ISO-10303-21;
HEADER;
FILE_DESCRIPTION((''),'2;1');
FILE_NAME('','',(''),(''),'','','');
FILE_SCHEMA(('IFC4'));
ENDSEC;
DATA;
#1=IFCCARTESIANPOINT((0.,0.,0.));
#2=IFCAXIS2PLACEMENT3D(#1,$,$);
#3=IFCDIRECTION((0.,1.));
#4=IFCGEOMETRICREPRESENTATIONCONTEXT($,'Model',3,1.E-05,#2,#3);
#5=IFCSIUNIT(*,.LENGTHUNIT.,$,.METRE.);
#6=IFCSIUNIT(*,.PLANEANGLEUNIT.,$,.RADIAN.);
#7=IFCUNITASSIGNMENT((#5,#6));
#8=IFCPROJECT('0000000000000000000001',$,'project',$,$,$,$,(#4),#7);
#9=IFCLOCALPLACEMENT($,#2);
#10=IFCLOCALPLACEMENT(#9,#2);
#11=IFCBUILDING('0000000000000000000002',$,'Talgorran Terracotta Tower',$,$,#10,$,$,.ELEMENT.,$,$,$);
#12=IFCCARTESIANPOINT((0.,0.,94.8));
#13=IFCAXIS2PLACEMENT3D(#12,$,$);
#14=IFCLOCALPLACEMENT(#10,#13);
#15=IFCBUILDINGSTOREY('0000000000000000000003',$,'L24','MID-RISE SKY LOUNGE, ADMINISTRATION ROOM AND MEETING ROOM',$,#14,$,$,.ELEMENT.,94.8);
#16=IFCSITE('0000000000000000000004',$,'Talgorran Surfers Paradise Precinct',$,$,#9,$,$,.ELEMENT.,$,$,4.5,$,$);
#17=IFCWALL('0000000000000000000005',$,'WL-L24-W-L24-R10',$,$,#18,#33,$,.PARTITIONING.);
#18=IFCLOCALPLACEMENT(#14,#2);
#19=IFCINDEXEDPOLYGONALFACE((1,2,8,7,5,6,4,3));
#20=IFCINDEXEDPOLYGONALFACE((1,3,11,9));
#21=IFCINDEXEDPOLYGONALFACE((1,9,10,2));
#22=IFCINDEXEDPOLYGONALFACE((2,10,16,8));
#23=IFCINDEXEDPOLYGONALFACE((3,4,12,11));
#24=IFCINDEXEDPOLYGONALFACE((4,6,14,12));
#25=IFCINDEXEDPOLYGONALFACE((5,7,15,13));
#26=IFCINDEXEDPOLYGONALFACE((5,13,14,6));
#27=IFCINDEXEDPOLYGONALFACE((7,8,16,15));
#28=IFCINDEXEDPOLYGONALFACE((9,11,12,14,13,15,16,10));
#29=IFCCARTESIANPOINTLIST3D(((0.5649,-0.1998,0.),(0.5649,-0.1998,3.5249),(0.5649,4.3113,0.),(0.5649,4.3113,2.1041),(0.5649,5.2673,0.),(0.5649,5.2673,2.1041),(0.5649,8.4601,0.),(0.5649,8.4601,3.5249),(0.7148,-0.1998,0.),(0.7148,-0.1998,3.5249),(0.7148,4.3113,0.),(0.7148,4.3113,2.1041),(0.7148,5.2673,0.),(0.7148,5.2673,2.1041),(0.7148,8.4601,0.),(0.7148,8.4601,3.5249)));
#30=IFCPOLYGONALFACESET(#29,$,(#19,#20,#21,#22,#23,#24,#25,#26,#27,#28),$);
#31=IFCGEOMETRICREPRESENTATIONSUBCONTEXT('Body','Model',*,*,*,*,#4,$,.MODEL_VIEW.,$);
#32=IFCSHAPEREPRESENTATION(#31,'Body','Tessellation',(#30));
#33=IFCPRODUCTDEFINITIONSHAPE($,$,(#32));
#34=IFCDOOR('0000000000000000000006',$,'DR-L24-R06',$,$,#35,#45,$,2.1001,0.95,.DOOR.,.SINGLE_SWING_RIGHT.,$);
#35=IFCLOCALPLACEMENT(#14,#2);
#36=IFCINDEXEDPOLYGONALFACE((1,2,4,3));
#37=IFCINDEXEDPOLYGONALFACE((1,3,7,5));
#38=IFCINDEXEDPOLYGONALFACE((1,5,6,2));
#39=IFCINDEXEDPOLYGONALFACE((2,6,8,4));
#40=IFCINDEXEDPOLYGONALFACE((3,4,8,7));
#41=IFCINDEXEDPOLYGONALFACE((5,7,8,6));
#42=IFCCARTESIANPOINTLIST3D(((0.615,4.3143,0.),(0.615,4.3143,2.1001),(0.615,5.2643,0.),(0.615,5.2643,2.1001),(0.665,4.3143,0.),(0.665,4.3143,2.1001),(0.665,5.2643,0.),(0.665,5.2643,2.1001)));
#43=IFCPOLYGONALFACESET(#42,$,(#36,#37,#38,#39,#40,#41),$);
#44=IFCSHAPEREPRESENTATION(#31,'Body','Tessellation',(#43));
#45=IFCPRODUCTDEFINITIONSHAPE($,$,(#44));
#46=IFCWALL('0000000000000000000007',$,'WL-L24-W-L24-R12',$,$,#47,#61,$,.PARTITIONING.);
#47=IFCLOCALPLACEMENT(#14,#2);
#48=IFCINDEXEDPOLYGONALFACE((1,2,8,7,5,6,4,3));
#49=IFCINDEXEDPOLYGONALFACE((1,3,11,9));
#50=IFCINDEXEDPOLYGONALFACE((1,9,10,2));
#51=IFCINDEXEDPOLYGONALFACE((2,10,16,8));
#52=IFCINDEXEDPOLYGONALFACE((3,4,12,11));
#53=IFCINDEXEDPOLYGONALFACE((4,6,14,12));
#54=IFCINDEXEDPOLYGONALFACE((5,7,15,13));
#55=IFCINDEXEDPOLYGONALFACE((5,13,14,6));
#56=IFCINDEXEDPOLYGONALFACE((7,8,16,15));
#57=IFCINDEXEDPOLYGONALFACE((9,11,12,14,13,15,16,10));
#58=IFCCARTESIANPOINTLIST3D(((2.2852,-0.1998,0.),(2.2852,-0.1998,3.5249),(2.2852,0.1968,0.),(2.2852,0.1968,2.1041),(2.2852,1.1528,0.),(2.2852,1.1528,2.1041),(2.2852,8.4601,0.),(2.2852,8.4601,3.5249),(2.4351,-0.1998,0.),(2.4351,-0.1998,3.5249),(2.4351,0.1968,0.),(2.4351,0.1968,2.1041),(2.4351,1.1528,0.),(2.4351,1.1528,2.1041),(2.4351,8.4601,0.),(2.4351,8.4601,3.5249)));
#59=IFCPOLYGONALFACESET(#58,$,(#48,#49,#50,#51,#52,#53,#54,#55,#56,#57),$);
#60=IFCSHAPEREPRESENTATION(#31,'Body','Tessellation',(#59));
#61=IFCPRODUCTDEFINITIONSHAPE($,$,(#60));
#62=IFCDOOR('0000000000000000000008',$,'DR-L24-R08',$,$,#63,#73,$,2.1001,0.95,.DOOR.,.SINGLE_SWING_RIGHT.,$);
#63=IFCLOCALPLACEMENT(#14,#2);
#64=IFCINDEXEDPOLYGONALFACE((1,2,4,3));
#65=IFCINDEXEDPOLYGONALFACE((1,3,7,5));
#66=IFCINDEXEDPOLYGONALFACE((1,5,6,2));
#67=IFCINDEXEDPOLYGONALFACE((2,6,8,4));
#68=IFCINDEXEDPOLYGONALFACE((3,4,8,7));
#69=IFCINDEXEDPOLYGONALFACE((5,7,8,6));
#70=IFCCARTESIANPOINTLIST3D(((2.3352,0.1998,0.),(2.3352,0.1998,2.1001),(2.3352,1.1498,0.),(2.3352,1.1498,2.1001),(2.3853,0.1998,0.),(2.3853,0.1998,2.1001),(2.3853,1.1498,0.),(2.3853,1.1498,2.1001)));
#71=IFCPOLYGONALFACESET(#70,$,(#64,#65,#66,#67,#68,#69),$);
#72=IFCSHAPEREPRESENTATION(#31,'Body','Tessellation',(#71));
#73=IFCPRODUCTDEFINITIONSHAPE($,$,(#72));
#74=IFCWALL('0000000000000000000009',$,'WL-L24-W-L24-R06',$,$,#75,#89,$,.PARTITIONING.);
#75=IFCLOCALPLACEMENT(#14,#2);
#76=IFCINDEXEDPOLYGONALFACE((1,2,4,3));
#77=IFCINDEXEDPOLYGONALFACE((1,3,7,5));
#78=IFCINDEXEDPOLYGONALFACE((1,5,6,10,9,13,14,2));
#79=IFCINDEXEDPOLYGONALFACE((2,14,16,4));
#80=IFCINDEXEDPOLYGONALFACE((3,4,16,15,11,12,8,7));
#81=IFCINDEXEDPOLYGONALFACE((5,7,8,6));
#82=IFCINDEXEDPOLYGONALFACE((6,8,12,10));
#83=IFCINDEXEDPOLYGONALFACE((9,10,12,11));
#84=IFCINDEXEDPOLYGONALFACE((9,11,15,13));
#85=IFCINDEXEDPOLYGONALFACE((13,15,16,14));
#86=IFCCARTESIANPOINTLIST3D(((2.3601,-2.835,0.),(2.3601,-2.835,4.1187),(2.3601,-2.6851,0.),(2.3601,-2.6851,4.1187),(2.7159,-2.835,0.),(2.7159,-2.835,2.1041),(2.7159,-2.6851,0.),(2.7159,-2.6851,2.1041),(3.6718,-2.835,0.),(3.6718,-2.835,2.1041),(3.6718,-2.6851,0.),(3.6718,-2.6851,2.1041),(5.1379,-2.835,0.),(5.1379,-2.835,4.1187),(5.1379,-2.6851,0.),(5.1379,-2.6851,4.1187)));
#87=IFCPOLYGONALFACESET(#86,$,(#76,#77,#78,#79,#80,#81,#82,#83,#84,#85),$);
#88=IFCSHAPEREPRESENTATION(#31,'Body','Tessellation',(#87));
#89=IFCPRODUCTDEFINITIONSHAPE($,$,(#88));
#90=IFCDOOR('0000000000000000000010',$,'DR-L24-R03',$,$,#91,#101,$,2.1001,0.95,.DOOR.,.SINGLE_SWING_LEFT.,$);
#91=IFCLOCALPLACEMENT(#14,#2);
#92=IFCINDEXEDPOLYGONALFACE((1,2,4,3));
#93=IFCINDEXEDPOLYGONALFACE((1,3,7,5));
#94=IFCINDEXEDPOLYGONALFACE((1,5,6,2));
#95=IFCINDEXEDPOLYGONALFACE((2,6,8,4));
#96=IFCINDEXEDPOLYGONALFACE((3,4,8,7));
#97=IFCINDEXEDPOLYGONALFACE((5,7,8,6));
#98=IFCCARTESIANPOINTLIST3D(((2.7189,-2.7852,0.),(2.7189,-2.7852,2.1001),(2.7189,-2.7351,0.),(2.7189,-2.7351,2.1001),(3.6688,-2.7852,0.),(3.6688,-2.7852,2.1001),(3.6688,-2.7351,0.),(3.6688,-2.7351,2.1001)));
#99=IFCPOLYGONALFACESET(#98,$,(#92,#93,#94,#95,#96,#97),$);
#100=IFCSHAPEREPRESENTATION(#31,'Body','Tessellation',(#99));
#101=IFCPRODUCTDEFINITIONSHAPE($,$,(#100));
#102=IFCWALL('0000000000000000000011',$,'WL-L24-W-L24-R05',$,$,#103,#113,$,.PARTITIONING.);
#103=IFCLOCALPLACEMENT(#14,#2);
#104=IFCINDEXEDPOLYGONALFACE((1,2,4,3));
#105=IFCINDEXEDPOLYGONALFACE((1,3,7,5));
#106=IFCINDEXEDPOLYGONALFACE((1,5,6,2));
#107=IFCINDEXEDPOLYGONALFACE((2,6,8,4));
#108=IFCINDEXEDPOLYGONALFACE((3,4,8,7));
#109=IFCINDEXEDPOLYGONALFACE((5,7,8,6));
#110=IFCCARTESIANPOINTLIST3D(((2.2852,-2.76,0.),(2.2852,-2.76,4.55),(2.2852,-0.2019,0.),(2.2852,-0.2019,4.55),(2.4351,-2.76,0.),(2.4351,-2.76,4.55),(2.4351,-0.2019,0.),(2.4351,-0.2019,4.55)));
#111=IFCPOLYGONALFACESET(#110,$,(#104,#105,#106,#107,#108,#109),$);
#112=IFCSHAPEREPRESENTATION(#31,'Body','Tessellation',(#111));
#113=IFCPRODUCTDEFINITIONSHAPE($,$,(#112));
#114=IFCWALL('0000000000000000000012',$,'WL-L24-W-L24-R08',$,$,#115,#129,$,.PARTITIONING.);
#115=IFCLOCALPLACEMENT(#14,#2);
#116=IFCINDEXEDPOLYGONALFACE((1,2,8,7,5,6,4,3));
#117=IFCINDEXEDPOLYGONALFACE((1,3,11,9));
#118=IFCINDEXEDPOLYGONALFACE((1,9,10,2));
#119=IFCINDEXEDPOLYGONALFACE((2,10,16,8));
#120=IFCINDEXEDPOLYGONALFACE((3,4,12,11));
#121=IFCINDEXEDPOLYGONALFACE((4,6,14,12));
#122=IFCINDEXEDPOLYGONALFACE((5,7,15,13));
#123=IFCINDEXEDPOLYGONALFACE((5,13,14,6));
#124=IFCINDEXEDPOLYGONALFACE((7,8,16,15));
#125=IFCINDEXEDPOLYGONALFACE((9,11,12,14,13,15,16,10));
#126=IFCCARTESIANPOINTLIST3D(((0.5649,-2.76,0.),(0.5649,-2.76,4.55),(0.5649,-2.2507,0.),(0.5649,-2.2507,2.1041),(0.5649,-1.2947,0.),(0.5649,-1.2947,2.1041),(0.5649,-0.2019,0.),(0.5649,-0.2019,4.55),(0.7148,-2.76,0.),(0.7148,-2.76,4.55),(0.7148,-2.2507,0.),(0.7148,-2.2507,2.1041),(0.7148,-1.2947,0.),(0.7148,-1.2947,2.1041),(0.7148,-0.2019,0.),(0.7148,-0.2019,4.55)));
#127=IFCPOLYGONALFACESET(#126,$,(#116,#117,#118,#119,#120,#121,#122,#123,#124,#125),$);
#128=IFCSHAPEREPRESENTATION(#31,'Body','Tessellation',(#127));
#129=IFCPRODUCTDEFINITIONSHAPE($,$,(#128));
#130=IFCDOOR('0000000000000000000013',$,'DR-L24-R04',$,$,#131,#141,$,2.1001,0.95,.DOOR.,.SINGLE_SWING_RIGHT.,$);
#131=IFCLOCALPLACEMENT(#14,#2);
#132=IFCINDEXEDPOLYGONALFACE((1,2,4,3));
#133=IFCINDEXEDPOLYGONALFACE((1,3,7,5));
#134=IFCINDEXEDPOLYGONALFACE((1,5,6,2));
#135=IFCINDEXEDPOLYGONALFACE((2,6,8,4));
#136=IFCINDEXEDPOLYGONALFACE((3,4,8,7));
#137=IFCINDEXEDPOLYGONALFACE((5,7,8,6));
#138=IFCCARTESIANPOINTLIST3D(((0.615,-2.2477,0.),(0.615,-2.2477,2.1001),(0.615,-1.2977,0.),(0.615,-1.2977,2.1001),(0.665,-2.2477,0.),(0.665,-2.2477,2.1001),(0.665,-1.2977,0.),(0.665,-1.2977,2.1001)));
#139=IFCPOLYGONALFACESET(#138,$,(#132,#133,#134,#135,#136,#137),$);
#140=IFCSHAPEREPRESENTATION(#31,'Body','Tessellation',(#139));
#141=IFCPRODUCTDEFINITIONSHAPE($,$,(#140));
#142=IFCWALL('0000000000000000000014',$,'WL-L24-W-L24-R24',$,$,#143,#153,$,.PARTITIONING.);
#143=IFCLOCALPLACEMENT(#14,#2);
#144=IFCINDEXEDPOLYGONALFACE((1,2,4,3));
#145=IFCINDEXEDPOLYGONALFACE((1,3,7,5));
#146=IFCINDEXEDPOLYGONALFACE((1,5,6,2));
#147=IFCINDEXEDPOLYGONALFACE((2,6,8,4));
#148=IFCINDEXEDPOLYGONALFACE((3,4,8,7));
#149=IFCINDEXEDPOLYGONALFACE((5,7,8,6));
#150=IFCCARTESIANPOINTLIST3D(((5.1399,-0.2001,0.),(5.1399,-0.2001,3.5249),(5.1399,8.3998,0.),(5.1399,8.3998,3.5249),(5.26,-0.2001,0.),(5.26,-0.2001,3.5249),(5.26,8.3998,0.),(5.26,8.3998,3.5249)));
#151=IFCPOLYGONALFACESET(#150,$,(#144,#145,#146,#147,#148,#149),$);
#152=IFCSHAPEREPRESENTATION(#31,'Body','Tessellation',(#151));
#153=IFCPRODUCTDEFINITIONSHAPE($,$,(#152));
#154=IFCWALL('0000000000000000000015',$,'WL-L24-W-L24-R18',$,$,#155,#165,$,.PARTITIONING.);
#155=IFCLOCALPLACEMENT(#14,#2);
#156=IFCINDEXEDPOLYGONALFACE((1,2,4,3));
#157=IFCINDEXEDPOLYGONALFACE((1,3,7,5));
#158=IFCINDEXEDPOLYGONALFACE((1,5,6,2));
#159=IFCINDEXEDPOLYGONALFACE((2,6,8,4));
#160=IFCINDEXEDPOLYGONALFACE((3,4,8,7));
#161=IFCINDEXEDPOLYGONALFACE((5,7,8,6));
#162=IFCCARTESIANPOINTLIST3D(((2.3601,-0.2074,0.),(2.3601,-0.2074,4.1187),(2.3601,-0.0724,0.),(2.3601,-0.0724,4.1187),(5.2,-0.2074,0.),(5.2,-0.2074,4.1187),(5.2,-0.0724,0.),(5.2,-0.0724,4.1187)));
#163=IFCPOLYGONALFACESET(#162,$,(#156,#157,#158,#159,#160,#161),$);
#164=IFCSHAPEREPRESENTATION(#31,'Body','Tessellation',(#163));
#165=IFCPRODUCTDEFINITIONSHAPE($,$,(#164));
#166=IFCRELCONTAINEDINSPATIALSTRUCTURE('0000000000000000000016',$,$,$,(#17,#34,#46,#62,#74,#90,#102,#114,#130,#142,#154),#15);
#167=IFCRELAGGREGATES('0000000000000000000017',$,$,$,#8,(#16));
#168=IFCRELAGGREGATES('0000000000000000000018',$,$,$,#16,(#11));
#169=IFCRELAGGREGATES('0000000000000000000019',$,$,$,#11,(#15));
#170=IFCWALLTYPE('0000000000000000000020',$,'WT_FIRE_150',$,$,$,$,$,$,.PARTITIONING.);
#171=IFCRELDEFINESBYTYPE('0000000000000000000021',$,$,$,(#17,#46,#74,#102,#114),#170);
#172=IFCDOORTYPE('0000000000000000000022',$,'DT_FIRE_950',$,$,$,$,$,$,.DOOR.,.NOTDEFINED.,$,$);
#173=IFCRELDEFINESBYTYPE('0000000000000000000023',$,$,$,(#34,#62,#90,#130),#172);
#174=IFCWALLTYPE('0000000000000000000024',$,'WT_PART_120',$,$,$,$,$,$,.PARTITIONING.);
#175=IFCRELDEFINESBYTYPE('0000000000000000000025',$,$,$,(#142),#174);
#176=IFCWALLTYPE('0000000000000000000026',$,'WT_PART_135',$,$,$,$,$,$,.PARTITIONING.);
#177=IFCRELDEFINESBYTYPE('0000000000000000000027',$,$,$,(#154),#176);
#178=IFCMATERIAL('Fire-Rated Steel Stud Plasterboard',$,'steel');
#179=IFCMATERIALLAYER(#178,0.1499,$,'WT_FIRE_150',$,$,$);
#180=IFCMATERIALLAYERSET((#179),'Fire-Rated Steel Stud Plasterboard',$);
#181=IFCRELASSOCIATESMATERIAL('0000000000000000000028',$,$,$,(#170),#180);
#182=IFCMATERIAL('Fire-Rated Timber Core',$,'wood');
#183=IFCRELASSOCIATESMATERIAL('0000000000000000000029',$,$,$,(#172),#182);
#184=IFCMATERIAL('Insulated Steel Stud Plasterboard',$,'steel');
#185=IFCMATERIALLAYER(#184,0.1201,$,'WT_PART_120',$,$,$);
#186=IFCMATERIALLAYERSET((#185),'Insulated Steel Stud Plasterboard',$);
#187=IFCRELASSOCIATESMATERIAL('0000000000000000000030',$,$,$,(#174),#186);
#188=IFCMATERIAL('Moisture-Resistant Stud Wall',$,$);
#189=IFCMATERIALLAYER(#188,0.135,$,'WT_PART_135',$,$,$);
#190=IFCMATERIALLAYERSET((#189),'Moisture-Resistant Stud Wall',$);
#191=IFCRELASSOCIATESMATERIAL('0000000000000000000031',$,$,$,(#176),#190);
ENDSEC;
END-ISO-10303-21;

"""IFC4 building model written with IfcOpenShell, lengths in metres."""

from ifc_helpers import new_model, si_unit, direction, frame, frame_2d, origin, place, context, subcontext, project, spatial, rectangle, extrude, material, layer, layer_set, type_object, element, fill, save


model = new_model("IFC4")

# Units and contexts
model_context = context("Model", 3, precision=1e-05, world=origin(), true_north=direction((0.0, 1.0)))
body_context = subcontext(model_context, "Body", "Model", "MODEL_VIEW")
ifc_project = project(units=[si_unit("LENGTHUNIT", "METRE"), si_unit("PLANEANGLEUNIT", "RADIAN")], contexts=[model_context])

# Site, building, storey
site_placement = place(None, origin())
site = spatial("IfcSite", under=ifc_project, at=site_placement, Name="Talgorran Surfers Paradise Precinct", CompositionType="ELEMENT", RefElevation=4.5)
building_placement = place(site_placement, origin())
building = spatial("IfcBuilding", under=site, at=building_placement, Name="Talgorran Terracotta Tower", CompositionType="ELEMENT")
storey_placement = place(building_placement, frame((0.0, 0.0, 94.8)))
storey = spatial("IfcBuildingStorey", under=building, at=storey_placement, Name="L24", Description="MID-RISE SKY LOUNGE, ADMINISTRATION ROOM AND MEETING ROOM", CompositionType="ELEMENT", Elevation=94.8)

# Walls, openings, doors
ifc_material_1 = material(Name="Fire-Rated Steel Stud Plasterboard", Category="steel")
ifc_layer_1 = layer(ifc_material_1, 0.1499, Name="WT_FIRE_150")
ifc_layer_set_1 = layer_set([ifc_layer_1], Name="Fire-Rated Steel Stud Plasterboard")
wall_type_1 = type_object("IfcWallType", Name="WT_FIRE_150", PredefinedType="PARTITIONING", material=ifc_layer_set_1)
ifc_material_2 = material(Name="Fire-Rated Timber Core", Category="wood")
door_type = type_object("IfcDoorType", Name="DT_FIRE_950", OperationType="NOTDEFINED", PredefinedType="DOOR", material=ifc_material_2)
wall_1_placement = place(storey_placement, frame((0.6399, -0.2, 0.0), z_axis=(0.0, 0.0, 1.0), x_axis=(0.0, 1.0, 0.0)))
wall_1 = element("IfcWall", 1, at=wall_1_placement, inside=storey, type_object=wall_type_1, Name="WL-L24-W-L24-R10", PredefinedType="PARTITIONING", context=body_context, shape_type="SweptSolid", body=[
    extrude(rectangle(XDim=8.6599, YDim=0.1499, at=frame_2d((4.3301, 0.0))), origin(), (0.0, 0.0, 1.0), 3.5249),
])
opening_1_placement = place(wall_1_placement, frame((4.5142, 0.0, 0.0)))
opening_1 = element("IfcOpeningElement", 2, at=opening_1_placement, cuts=wall_1, PredefinedType="OPENING", context=body_context, shape_type="SweptSolid", body=[
    extrude(rectangle(XDim=0.956, YDim=2.1041, at=frame_2d((0.4751, 1.052))), frame((0.0, 0.085, 0.0), z_axis=(0.0, -1.0, 0.0), x_axis=(1.0, 0.0, 0.0)), (0.0, 0.0, 1.0), 0.1699),
])
door_1_placement = place(opening_1_placement, origin())
door_1 = element("IfcDoor", 3, at=door_1_placement, inside=storey, type_object=door_type, Name="DR-L24-R06", OperationType="SINGLE_SWING_RIGHT", OverallHeight=2.1001, OverallWidth=0.95, PredefinedType="DOOR", context=body_context, shape_type="SweptSolid", body=[
    extrude(rectangle(XDim=0.95, YDim=2.1001, at=frame_2d((0.4751, 1.05))), frame((0.0, 0.0249, 0.0), z_axis=(0.0, -1.0, 0.0), x_axis=(1.0, 0.0, 0.0)), (0.0, 0.0, 1.0), 0.05),
])
fill(opening_1, door_1)
wall_2_placement = place(storey_placement, frame((2.3601, -0.2, 0.0), z_axis=(0.0, 0.0, 1.0), x_axis=(0.0, 1.0, 0.0)))
wall_2 = element("IfcWall", 4, at=wall_2_placement, inside=storey, type_object=wall_type_1, Name="WL-L24-W-L24-R12", PredefinedType="PARTITIONING", context=body_context, shape_type="SweptSolid", body=[
    extrude(rectangle(XDim=8.6599, YDim=0.1499, at=frame_2d((4.3301, 0.0))), origin(), (0.0, 0.0, 1.0), 3.5249),
])
opening_2_placement = place(wall_2_placement, frame((0.3997, 0.0, 0.0)))
opening_2 = element("IfcOpeningElement", 5, at=opening_2_placement, cuts=wall_2, PredefinedType="OPENING", context=body_context, shape_type="SweptSolid", body=[
    extrude(rectangle(XDim=0.956, YDim=2.1041, at=frame_2d((0.4751, 1.052))), frame((0.0, 0.085, 0.0), z_axis=(0.0, -1.0, 0.0), x_axis=(1.0, 0.0, 0.0)), (0.0, 0.0, 1.0), 0.1699),
])
door_2_placement = place(opening_2_placement, origin())
door_2 = element("IfcDoor", 6, at=door_2_placement, inside=storey, type_object=door_type, Name="DR-L24-R08", OperationType="SINGLE_SWING_RIGHT", OverallHeight=2.1001, OverallWidth=0.95, PredefinedType="DOOR", context=body_context, shape_type="SweptSolid", body=[
    extrude(rectangle(XDim=0.95, YDim=2.1001, at=frame_2d((0.4751, 1.05))), frame((0.0, 0.0249, 0.0), z_axis=(0.0, -1.0, 0.0), x_axis=(1.0, 0.0, 0.0)), (0.0, 0.0, 1.0), 0.05),
])
fill(opening_2, door_2)
wall_3_placement = place(storey_placement, frame((2.3601, -2.76, 0.0), z_axis=(0.0, 0.0, 1.0), x_axis=(1.0, 0.0, 0.0)))
wall_3 = element("IfcWall", 7, at=wall_3_placement, inside=storey, type_object=wall_type_1, Name="WL-L24-W-L24-R06", PredefinedType="PARTITIONING", context=body_context, shape_type="SweptSolid", body=[
    extrude(rectangle(XDim=2.7778, YDim=0.1499, at=frame_2d((1.3889, 0.0))), origin(), (0.0, 0.0, 1.0), 4.1187),
])
opening_3_placement = place(wall_3_placement, frame((0.3586, 0.0, 0.0)))
opening_3 = element("IfcOpeningElement", 8, at=opening_3_placement, cuts=wall_3, PredefinedType="OPENING", context=body_context, shape_type="SweptSolid", body=[
    extrude(rectangle(XDim=0.956, YDim=2.1041, at=frame_2d((0.4751, 1.052))), frame((0.0, 0.085, 0.0), z_axis=(0.0, -1.0, 0.0), x_axis=(1.0, 0.0, 0.0)), (0.0, 0.0, 1.0), 0.1699),
])
door_3_placement = place(opening_3_placement, origin())
door_3 = element("IfcDoor", 9, at=door_3_placement, inside=storey, type_object=door_type, Name="DR-L24-R03", OperationType="SINGLE_SWING_LEFT", OverallHeight=2.1001, OverallWidth=0.95, PredefinedType="DOOR", context=body_context, shape_type="SweptSolid", body=[
    extrude(rectangle(XDim=0.95, YDim=2.1001, at=frame_2d((0.4751, 1.05))), frame((0.0, 0.0249, 0.0), z_axis=(0.0, -1.0, 0.0), x_axis=(1.0, 0.0, 0.0)), (0.0, 0.0, 1.0), 0.05),
])
fill(opening_3, door_3)

# Wall
wall_4_placement = place(storey_placement, frame((2.3601, -2.76, 0.0), z_axis=(0.0, 0.0, 1.0), x_axis=(0.0, 1.0, 0.0)))
element("IfcWall", 10, at=wall_4_placement, inside=storey, type_object=wall_type_1, Name="WL-L24-W-L24-R05", PredefinedType="PARTITIONING", context=body_context, shape_type="SweptSolid", body=[
    extrude(rectangle(XDim=2.5581, YDim=0.1499, at=frame_2d((1.2791, 0.0))), origin(), (0.0, 0.0, 1.0), 4.55),
])

# Wall, opening, door
wall_5_placement = place(storey_placement, frame((0.6399, -2.76, 0.0), z_axis=(0.0, 0.0, 1.0), x_axis=(0.0, 1.0, 0.0)))
wall_5 = element("IfcWall", 11, at=wall_5_placement, inside=storey, type_object=wall_type_1, Name="WL-L24-W-L24-R08", PredefinedType="PARTITIONING", context=body_context, shape_type="SweptSolid", body=[
    extrude(rectangle(XDim=2.5581, YDim=0.1499, at=frame_2d((1.2791, 0.0))), origin(), (0.0, 0.0, 1.0), 4.55),
])
opening_4_placement = place(wall_5_placement, frame((0.5122, 0.0, 0.0)))
opening_4 = element("IfcOpeningElement", 12, at=opening_4_placement, cuts=wall_5, PredefinedType="OPENING", context=body_context, shape_type="SweptSolid", body=[
    extrude(rectangle(XDim=0.956, YDim=2.1041, at=frame_2d((0.4751, 1.052))), frame((0.0, 0.085, 0.0), z_axis=(0.0, -1.0, 0.0), x_axis=(1.0, 0.0, 0.0)), (0.0, 0.0, 1.0), 0.1699),
])
door_4_placement = place(opening_4_placement, origin())
door_4 = element("IfcDoor", 13, at=door_4_placement, inside=storey, type_object=door_type, Name="DR-L24-R04", OperationType="SINGLE_SWING_RIGHT", OverallHeight=2.1001, OverallWidth=0.95, PredefinedType="DOOR", context=body_context, shape_type="SweptSolid", body=[
    extrude(rectangle(XDim=0.95, YDim=2.1001, at=frame_2d((0.4751, 1.05))), frame((0.0, 0.0249, 0.0), z_axis=(0.0, -1.0, 0.0), x_axis=(1.0, 0.0, 0.0)), (0.0, 0.0, 1.0), 0.05),
])
fill(opening_4, door_4)

# Walls
ifc_material_3 = material(Name="Insulated Steel Stud Plasterboard", Category="steel")
ifc_layer_2 = layer(ifc_material_3, 0.1201, Name="WT_PART_120")
ifc_layer_set_2 = layer_set([ifc_layer_2], Name="Insulated Steel Stud Plasterboard")
wall_type_2 = type_object("IfcWallType", Name="WT_PART_120", PredefinedType="PARTITIONING", material=ifc_layer_set_2)
wall_6_placement = place(storey_placement, frame((5.2, -0.2, 0.0), z_axis=(0.0, 0.0, 1.0), x_axis=(0.0, 1.0, 0.0)))
element("IfcWall", 14, at=wall_6_placement, inside=storey, type_object=wall_type_2, Name="WL-L24-W-L24-R24", PredefinedType="PARTITIONING", context=body_context, shape_type="SweptSolid", body=[
    extrude(rectangle(XDim=8.5999, YDim=0.1201, at=frame_2d((4.2998, 0.0))), origin(), (0.0, 0.0, 1.0), 3.5249),
])
ifc_material_4 = material(Name="Moisture-Resistant Stud Wall")
ifc_layer_3 = layer(ifc_material_4, 0.135, Name="WT_PART_135")
ifc_layer_set_3 = layer_set([ifc_layer_3], Name="Moisture-Resistant Stud Wall")
wall_type_3 = type_object("IfcWallType", Name="WT_PART_135", PredefinedType="PARTITIONING", material=ifc_layer_set_3)
wall_7_placement = place(storey_placement, frame((2.3601, -0.1399, 0.0), z_axis=(0.0, 0.0, 1.0), x_axis=(1.0, 0.0, 0.0)))
element("IfcWall", 15, at=wall_7_placement, inside=storey, type_object=wall_type_3, Name="WL-L24-W-L24-R18", PredefinedType="PARTITIONING", context=body_context, shape_type="SweptSolid", body=[
    extrude(rectangle(XDim=2.8398, YDim=0.135, at=frame_2d((1.4199, 0.0))), origin(), (0.0, 0.0, 1.0), 4.1187),
])

save(model, "model.ifc")
